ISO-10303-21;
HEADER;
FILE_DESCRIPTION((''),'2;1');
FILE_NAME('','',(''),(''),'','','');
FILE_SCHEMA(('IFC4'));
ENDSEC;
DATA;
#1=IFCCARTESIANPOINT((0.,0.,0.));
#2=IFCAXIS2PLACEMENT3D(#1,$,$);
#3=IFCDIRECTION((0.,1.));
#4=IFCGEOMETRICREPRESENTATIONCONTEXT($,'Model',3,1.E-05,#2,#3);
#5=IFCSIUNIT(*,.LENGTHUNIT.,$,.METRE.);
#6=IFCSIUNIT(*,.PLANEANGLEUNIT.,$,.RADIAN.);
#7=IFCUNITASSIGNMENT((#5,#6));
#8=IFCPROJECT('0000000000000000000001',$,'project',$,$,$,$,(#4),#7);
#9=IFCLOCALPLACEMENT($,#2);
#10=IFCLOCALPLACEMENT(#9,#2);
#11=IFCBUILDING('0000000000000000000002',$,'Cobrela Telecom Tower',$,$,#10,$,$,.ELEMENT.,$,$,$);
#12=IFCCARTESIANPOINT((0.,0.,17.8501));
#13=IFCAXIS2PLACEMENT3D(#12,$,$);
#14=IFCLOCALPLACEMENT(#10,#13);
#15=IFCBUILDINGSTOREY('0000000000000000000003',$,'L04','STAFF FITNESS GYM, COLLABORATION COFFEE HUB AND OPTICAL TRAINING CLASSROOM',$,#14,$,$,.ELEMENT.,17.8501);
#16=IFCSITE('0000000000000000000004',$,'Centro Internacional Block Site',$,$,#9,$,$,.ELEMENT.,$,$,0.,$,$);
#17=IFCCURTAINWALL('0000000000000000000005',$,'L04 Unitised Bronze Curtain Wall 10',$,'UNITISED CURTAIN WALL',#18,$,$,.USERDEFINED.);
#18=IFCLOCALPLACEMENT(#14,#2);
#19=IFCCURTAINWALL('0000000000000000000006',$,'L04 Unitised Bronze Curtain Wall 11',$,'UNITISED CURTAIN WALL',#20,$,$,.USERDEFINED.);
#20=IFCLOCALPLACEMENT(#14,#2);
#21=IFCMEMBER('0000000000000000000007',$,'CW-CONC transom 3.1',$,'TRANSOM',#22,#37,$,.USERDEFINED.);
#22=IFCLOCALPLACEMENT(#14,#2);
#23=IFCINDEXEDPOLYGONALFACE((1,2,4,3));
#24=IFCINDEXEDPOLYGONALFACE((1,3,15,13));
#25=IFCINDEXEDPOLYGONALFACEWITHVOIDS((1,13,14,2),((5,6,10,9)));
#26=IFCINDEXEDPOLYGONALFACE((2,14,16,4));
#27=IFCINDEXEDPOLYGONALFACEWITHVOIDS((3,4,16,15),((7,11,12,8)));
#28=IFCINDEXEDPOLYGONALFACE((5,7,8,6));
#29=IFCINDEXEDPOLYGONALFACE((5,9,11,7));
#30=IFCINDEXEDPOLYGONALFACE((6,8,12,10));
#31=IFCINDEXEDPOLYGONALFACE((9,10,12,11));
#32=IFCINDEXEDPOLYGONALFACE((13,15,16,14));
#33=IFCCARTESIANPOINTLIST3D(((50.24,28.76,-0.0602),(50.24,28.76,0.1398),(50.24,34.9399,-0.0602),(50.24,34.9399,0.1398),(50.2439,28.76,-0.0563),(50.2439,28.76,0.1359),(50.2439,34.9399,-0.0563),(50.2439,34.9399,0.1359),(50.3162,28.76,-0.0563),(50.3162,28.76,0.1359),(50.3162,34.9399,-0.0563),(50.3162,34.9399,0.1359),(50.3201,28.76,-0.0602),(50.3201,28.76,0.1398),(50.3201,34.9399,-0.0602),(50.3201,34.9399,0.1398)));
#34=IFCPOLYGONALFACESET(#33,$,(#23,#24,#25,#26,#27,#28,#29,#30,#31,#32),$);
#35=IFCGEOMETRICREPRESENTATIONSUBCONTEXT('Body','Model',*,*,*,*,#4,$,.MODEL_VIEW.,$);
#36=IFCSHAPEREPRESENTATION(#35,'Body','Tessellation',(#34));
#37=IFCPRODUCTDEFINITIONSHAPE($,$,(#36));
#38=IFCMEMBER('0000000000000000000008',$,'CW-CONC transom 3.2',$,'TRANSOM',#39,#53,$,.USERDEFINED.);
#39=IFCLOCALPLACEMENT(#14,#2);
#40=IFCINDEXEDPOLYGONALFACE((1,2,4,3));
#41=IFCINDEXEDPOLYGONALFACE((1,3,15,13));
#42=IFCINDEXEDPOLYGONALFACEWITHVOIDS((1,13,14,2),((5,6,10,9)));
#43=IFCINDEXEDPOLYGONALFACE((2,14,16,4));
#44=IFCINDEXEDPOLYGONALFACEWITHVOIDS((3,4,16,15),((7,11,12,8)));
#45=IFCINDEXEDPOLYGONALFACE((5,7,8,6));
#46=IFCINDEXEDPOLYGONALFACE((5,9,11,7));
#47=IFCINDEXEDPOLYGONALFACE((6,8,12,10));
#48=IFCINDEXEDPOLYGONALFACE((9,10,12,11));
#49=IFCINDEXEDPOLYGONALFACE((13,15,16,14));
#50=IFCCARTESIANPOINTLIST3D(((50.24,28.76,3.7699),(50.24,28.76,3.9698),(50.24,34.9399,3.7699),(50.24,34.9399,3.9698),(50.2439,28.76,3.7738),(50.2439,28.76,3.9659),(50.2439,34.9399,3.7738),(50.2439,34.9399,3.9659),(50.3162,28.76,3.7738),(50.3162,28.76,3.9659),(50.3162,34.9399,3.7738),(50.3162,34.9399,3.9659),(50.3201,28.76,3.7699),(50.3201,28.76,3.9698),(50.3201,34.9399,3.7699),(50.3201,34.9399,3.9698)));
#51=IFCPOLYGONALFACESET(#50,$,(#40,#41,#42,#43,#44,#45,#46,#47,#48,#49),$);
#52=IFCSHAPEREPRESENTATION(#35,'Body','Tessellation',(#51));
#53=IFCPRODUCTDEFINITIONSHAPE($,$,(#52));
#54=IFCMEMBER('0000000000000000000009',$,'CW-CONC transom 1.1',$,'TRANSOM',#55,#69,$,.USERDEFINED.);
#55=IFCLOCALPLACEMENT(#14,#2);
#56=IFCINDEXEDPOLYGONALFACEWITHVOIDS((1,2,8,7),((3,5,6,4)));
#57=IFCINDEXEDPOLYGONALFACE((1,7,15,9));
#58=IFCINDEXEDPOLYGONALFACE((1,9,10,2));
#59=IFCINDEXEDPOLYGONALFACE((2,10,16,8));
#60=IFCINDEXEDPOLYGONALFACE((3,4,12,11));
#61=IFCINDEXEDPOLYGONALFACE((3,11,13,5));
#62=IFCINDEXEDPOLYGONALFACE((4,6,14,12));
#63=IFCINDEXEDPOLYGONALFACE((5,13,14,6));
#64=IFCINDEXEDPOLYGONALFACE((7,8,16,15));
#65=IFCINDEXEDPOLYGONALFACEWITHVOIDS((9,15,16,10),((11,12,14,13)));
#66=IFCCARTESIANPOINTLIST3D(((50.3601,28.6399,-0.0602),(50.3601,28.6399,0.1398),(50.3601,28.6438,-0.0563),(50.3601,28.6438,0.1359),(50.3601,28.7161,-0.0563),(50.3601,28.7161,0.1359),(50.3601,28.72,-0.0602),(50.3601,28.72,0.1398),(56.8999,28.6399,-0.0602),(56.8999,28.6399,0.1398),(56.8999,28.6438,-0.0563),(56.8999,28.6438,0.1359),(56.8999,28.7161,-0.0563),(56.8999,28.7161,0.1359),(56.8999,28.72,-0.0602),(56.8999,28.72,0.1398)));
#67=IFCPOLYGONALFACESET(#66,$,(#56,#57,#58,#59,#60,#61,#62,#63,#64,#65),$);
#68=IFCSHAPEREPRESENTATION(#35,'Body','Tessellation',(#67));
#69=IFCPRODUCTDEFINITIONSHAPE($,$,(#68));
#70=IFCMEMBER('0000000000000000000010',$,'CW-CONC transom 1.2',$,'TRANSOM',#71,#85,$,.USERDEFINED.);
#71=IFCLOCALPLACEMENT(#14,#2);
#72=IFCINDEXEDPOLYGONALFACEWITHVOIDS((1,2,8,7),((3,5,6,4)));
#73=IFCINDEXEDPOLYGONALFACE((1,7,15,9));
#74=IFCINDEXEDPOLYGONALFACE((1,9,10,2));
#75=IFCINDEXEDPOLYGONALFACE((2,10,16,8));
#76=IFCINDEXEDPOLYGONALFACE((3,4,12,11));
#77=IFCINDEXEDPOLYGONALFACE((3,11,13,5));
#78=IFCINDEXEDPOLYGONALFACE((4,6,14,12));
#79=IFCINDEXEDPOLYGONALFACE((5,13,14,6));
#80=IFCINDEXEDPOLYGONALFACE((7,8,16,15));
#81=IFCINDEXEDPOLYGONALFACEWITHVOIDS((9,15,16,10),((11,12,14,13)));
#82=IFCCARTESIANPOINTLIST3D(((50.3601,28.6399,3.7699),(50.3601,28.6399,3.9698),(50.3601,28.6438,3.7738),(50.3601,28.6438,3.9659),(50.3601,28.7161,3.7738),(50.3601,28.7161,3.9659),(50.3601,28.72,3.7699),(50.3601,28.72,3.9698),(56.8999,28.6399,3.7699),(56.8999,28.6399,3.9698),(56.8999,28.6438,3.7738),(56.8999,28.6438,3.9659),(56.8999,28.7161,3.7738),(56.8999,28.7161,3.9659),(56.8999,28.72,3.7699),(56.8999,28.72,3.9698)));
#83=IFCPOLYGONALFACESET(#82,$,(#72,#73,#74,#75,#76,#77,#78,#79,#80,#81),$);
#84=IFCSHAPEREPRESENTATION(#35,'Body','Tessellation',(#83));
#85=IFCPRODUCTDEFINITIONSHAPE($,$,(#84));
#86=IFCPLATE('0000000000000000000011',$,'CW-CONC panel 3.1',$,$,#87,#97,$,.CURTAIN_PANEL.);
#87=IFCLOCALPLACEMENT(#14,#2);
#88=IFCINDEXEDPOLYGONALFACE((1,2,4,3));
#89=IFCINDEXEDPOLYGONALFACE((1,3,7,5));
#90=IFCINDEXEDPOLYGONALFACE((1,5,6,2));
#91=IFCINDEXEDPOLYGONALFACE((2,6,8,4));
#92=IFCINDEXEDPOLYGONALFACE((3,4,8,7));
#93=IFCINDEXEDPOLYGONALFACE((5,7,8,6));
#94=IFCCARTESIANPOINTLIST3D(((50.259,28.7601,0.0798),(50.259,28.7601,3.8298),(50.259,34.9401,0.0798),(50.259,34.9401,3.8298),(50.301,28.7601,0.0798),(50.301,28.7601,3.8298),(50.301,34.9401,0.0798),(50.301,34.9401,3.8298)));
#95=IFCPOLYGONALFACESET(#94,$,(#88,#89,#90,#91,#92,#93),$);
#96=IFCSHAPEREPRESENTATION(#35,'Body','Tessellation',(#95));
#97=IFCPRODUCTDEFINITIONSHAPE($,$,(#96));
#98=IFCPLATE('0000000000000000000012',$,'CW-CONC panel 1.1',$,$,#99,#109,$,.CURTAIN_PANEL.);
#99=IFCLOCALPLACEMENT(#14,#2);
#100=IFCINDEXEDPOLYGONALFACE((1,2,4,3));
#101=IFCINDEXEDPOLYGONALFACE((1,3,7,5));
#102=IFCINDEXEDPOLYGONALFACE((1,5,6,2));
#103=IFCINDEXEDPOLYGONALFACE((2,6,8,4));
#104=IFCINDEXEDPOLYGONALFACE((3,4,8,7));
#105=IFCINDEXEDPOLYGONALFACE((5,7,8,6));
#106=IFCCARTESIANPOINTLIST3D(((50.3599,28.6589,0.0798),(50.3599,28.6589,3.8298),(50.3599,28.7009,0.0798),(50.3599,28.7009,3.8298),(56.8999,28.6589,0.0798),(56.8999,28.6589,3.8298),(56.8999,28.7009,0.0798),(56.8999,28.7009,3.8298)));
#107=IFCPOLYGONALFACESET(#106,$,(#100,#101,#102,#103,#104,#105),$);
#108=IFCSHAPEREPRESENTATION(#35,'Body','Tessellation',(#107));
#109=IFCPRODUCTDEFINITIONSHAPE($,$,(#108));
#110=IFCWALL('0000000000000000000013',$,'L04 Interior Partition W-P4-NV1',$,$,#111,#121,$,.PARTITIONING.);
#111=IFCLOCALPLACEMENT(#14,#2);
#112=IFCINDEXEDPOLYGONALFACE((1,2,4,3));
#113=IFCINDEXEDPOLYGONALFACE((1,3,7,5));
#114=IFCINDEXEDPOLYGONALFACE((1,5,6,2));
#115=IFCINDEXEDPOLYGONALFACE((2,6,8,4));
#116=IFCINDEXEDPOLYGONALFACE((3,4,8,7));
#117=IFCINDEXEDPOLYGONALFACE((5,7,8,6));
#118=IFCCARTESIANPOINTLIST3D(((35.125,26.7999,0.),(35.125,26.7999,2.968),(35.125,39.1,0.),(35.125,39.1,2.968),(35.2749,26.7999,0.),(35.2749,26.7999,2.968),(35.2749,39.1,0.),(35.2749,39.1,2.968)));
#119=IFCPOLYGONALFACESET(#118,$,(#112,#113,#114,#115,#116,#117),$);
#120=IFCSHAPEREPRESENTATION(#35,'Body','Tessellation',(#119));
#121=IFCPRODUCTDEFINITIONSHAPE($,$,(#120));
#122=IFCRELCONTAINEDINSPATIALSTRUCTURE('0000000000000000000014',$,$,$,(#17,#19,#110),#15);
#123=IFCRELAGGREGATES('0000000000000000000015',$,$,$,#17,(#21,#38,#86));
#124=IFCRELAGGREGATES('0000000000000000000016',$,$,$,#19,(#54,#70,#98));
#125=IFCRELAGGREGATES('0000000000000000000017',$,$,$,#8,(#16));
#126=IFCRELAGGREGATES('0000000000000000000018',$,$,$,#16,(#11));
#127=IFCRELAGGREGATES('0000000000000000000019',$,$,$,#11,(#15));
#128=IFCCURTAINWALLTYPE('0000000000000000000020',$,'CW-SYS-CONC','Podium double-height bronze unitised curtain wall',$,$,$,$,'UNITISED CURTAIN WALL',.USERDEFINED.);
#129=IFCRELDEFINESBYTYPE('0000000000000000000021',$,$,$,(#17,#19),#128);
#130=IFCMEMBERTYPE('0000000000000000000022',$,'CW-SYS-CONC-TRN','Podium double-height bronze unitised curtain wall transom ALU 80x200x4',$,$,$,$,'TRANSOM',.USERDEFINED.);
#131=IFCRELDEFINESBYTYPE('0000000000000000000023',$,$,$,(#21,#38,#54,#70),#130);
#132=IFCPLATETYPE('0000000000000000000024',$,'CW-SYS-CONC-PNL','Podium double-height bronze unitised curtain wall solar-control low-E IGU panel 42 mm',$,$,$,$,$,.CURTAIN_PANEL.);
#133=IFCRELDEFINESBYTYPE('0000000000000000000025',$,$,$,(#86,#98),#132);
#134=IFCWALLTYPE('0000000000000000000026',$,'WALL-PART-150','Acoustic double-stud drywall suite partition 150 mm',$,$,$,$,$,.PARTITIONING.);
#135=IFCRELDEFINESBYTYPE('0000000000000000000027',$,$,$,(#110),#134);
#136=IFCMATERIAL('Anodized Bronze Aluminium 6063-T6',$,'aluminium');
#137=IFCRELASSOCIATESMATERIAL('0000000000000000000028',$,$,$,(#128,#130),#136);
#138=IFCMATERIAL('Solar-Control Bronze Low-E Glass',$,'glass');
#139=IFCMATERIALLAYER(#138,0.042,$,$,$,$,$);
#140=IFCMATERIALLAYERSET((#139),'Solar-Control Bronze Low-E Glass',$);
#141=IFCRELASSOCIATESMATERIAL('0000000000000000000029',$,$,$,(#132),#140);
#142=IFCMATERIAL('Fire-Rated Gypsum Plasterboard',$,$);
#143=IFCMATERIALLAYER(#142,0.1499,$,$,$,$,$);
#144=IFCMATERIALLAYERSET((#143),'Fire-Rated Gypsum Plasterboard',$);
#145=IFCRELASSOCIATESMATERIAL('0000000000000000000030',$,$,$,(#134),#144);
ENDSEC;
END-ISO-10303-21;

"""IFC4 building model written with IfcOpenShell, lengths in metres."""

from ifc_helpers import new_model, si_unit, direction, frame, frame_2d, origin, origin_2d, place, context, subcontext, project, spatial, rectangle, hollow_rectangle, extrude, material, layer, layer_set, material_profile, profile_set, type_object, element, aggregate, save


model = new_model("IFC4")

# Units and contexts
model_context = context("Model", 3, precision=1e-05, world=origin(), true_north=direction((0.0, 1.0)))
body_context = subcontext(model_context, "Body", "Model", "MODEL_VIEW")
ifc_project = project(units=[si_unit("LENGTHUNIT", "METRE"), si_unit("PLANEANGLEUNIT", "RADIAN")], contexts=[model_context])

# Site, building, storey
site_placement = place(None, origin())
site = spatial("IfcSite", under=ifc_project, at=site_placement, Name="Centro Internacional Block Site", CompositionType="ELEMENT", RefElevation=0.0)
building_placement = place(site_placement, origin())
building = spatial("IfcBuilding", under=site, at=building_placement, Name="Cobrela Telecom Tower", CompositionType="ELEMENT")
storey_placement = place(building_placement, frame((0.0, 0.0, 17.8501)))
storey = spatial("IfcBuildingStorey", under=building, at=storey_placement, Name="L04", Description="STAFF FITNESS GYM, COLLABORATION COFFEE HUB AND OPTICAL TRAINING CLASSROOM", CompositionType="ELEMENT", Elevation=17.8501)

# Curtain wall
ifc_material_1 = material(Name="Anodized Bronze Aluminium 6063-T6", Category="aluminium")
curtain_wall_type = type_object("IfcCurtainWallType", Name="CW-SYS-CONC", Description="Podium double-height bronze unitised curtain wall", ElementType="UNITISED CURTAIN WALL", PredefinedType="USERDEFINED", material=ifc_material_1)
curtain_wall_1_placement = place(storey_placement, origin())
curtain_wall_1 = element("IfcCurtainWall", 1, at=curtain_wall_1_placement, inside=storey, type_object=curtain_wall_type, Name="L04 Unitised Bronze Curtain Wall 10", ObjectType="UNITISED CURTAIN WALL", PredefinedType="USERDEFINED")

# Curtain wall
curtain_wall_2_placement = place(storey_placement, origin())
curtain_wall_2 = element("IfcCurtainWall", 2, at=curtain_wall_2_placement, inside=storey, type_object=curtain_wall_type, Name="L04 Unitised Bronze Curtain Wall 11", ObjectType="UNITISED CURTAIN WALL", PredefinedType="USERDEFINED")

# Members
ifc_material_profile_1 = material_profile(ifc_material_1, hollow_rectangle(XDim=0.0801, YDim=0.2, WallThickness=0.0039, at=origin_2d()), Name="ALU 80x200x4")
ifc_profile_set_1 = profile_set([ifc_material_profile_1], Name="Anodized Bronze Aluminium 6063-T6")
member_type_1 = type_object("IfcMemberType", Name="CW-SYS-CONC-TRN", Description="Podium double-height bronze unitised curtain wall transom ALU 80x200x4", ElementType="TRANSOM", PredefinedType="USERDEFINED", material=ifc_profile_set_1)
member_1_placement = place(storey_placement, frame((50.28, 34.9399, 0.0398), z_axis=(0.0, -1.0, 0.0), x_axis=(1.0, 0.0, 0.0)))
member_1 = element("IfcMember", 3, at=member_1_placement, type_object=member_type_1, Name="CW-CONC transom 3.1", ObjectType="TRANSOM", PredefinedType="USERDEFINED", context=body_context, shape_type="SweptSolid", body=[
    extrude(hollow_rectangle(XDim=0.0801, YDim=0.2, WallThickness=0.0039, at=origin_2d()), origin(), (0.0, 0.0, 1.0), 6.1799),
])
member_2_placement = place(storey_placement, frame((50.28, 34.9399, 3.8699), z_axis=(0.0, -1.0, 0.0), x_axis=(1.0, 0.0, 0.0)))
member_2 = element("IfcMember", 4, at=member_2_placement, type_object=member_type_1, Name="CW-CONC transom 3.2", ObjectType="TRANSOM", PredefinedType="USERDEFINED", context=body_context, shape_type="SweptSolid", body=[
    extrude(hollow_rectangle(XDim=0.0801, YDim=0.2, WallThickness=0.0039, at=origin_2d()), origin(), (0.0, 0.0, 1.0), 6.1799),
])
member_3_placement = place(storey_placement, frame((50.3601, 28.6799, 0.0398), z_axis=(1.0, 0.0, 0.0), x_axis=(0.0, 1.0, 0.0)))
member_3 = element("IfcMember", 5, at=member_3_placement, type_object=member_type_1, Name="CW-CONC transom 1.1", ObjectType="TRANSOM", PredefinedType="USERDEFINED", context=body_context, shape_type="SweptSolid", body=[
    extrude(hollow_rectangle(XDim=0.0801, YDim=0.2, WallThickness=0.0039, at=origin_2d()), origin(), (0.0, 0.0, 1.0), 6.5398),
])
member_4_placement = place(storey_placement, frame((50.3601, 28.6799, 3.8699), z_axis=(1.0, 0.0, 0.0), x_axis=(0.0, 1.0, 0.0)))
member_4 = element("IfcMember", 6, at=member_4_placement, type_object=member_type_1, Name="CW-CONC transom 1.2", ObjectType="TRANSOM", PredefinedType="USERDEFINED", context=body_context, shape_type="SweptSolid", body=[
    extrude(hollow_rectangle(XDim=0.0801, YDim=0.2, WallThickness=0.0039, at=origin_2d()), origin(), (0.0, 0.0, 1.0), 6.5398),
])

# Plates
ifc_material_2 = material(Name="Solar-Control Bronze Low-E Glass", Category="glass")
ifc_layer_1 = layer(ifc_material_2, 0.042)
ifc_layer_set_1 = layer_set([ifc_layer_1], Name="Solar-Control Bronze Low-E Glass")
plate_type = type_object("IfcPlateType", Name="CW-SYS-CONC-PNL", Description="Podium double-height bronze unitised curtain wall solar-control low-E IGU panel 42 mm", PredefinedType="CURTAIN_PANEL", material=ifc_layer_set_1)
plate_1_placement = place(storey_placement, frame((50.28, 31.8501, 0.0798), z_axis=(0.0, 0.0, 1.0), x_axis=(0.0, -1.0, 0.0)))
plate_1 = element("IfcPlate", 7, at=plate_1_placement, type_object=plate_type, Name="CW-CONC panel 3.1", PredefinedType="CURTAIN_PANEL", context=body_context, shape_type="SweptSolid", body=[
    extrude(rectangle(XDim=6.1799, YDim=0.042, at=origin_2d()), origin(), (0.0, 0.0, 1.0), 3.75),
])
aggregate(curtain_wall_1, [member_1, member_2, plate_1])
plate_2_placement = place(storey_placement, frame((53.6299, 28.6799, 0.0798), z_axis=(0.0, 0.0, 1.0), x_axis=(1.0, 0.0, 0.0)))
plate_2 = element("IfcPlate", 8, at=plate_2_placement, type_object=plate_type, Name="CW-CONC panel 1.1", PredefinedType="CURTAIN_PANEL", context=body_context, shape_type="SweptSolid", body=[
    extrude(rectangle(XDim=6.54, YDim=0.042, at=origin_2d()), origin(), (0.0, 0.0, 1.0), 3.75),
])
aggregate(curtain_wall_2, [member_3, member_4, plate_2])

# Wall
ifc_material_3 = material(Name="Fire-Rated Gypsum Plasterboard")
ifc_layer_2 = layer(ifc_material_3, 0.1499)
ifc_layer_set_2 = layer_set([ifc_layer_2], Name="Fire-Rated Gypsum Plasterboard")
wall_type = type_object("IfcWallType", Name="WALL-PART-150", Description="Acoustic double-stud drywall suite partition 150 mm", PredefinedType="PARTITIONING", material=ifc_layer_set_2)
wall_placement = place(storey_placement, frame((35.2, 26.8, 0.0), z_axis=(0.0, 0.0, 1.0), x_axis=(0.0, 1.0, 0.0)))
element("IfcWall", 9, at=wall_placement, inside=storey, type_object=wall_type, Name="L04 Interior Partition W-P4-NV1", PredefinedType="PARTITIONING", context=body_context, shape_type="SweptSolid", body=[
    extrude(rectangle(XDim=12.3, YDim=0.1499, at=frame_2d((6.1499, 0.0))), origin(), (0.0, 0.0, 1.0), 2.968),
])

save(model, "model.ifc")
